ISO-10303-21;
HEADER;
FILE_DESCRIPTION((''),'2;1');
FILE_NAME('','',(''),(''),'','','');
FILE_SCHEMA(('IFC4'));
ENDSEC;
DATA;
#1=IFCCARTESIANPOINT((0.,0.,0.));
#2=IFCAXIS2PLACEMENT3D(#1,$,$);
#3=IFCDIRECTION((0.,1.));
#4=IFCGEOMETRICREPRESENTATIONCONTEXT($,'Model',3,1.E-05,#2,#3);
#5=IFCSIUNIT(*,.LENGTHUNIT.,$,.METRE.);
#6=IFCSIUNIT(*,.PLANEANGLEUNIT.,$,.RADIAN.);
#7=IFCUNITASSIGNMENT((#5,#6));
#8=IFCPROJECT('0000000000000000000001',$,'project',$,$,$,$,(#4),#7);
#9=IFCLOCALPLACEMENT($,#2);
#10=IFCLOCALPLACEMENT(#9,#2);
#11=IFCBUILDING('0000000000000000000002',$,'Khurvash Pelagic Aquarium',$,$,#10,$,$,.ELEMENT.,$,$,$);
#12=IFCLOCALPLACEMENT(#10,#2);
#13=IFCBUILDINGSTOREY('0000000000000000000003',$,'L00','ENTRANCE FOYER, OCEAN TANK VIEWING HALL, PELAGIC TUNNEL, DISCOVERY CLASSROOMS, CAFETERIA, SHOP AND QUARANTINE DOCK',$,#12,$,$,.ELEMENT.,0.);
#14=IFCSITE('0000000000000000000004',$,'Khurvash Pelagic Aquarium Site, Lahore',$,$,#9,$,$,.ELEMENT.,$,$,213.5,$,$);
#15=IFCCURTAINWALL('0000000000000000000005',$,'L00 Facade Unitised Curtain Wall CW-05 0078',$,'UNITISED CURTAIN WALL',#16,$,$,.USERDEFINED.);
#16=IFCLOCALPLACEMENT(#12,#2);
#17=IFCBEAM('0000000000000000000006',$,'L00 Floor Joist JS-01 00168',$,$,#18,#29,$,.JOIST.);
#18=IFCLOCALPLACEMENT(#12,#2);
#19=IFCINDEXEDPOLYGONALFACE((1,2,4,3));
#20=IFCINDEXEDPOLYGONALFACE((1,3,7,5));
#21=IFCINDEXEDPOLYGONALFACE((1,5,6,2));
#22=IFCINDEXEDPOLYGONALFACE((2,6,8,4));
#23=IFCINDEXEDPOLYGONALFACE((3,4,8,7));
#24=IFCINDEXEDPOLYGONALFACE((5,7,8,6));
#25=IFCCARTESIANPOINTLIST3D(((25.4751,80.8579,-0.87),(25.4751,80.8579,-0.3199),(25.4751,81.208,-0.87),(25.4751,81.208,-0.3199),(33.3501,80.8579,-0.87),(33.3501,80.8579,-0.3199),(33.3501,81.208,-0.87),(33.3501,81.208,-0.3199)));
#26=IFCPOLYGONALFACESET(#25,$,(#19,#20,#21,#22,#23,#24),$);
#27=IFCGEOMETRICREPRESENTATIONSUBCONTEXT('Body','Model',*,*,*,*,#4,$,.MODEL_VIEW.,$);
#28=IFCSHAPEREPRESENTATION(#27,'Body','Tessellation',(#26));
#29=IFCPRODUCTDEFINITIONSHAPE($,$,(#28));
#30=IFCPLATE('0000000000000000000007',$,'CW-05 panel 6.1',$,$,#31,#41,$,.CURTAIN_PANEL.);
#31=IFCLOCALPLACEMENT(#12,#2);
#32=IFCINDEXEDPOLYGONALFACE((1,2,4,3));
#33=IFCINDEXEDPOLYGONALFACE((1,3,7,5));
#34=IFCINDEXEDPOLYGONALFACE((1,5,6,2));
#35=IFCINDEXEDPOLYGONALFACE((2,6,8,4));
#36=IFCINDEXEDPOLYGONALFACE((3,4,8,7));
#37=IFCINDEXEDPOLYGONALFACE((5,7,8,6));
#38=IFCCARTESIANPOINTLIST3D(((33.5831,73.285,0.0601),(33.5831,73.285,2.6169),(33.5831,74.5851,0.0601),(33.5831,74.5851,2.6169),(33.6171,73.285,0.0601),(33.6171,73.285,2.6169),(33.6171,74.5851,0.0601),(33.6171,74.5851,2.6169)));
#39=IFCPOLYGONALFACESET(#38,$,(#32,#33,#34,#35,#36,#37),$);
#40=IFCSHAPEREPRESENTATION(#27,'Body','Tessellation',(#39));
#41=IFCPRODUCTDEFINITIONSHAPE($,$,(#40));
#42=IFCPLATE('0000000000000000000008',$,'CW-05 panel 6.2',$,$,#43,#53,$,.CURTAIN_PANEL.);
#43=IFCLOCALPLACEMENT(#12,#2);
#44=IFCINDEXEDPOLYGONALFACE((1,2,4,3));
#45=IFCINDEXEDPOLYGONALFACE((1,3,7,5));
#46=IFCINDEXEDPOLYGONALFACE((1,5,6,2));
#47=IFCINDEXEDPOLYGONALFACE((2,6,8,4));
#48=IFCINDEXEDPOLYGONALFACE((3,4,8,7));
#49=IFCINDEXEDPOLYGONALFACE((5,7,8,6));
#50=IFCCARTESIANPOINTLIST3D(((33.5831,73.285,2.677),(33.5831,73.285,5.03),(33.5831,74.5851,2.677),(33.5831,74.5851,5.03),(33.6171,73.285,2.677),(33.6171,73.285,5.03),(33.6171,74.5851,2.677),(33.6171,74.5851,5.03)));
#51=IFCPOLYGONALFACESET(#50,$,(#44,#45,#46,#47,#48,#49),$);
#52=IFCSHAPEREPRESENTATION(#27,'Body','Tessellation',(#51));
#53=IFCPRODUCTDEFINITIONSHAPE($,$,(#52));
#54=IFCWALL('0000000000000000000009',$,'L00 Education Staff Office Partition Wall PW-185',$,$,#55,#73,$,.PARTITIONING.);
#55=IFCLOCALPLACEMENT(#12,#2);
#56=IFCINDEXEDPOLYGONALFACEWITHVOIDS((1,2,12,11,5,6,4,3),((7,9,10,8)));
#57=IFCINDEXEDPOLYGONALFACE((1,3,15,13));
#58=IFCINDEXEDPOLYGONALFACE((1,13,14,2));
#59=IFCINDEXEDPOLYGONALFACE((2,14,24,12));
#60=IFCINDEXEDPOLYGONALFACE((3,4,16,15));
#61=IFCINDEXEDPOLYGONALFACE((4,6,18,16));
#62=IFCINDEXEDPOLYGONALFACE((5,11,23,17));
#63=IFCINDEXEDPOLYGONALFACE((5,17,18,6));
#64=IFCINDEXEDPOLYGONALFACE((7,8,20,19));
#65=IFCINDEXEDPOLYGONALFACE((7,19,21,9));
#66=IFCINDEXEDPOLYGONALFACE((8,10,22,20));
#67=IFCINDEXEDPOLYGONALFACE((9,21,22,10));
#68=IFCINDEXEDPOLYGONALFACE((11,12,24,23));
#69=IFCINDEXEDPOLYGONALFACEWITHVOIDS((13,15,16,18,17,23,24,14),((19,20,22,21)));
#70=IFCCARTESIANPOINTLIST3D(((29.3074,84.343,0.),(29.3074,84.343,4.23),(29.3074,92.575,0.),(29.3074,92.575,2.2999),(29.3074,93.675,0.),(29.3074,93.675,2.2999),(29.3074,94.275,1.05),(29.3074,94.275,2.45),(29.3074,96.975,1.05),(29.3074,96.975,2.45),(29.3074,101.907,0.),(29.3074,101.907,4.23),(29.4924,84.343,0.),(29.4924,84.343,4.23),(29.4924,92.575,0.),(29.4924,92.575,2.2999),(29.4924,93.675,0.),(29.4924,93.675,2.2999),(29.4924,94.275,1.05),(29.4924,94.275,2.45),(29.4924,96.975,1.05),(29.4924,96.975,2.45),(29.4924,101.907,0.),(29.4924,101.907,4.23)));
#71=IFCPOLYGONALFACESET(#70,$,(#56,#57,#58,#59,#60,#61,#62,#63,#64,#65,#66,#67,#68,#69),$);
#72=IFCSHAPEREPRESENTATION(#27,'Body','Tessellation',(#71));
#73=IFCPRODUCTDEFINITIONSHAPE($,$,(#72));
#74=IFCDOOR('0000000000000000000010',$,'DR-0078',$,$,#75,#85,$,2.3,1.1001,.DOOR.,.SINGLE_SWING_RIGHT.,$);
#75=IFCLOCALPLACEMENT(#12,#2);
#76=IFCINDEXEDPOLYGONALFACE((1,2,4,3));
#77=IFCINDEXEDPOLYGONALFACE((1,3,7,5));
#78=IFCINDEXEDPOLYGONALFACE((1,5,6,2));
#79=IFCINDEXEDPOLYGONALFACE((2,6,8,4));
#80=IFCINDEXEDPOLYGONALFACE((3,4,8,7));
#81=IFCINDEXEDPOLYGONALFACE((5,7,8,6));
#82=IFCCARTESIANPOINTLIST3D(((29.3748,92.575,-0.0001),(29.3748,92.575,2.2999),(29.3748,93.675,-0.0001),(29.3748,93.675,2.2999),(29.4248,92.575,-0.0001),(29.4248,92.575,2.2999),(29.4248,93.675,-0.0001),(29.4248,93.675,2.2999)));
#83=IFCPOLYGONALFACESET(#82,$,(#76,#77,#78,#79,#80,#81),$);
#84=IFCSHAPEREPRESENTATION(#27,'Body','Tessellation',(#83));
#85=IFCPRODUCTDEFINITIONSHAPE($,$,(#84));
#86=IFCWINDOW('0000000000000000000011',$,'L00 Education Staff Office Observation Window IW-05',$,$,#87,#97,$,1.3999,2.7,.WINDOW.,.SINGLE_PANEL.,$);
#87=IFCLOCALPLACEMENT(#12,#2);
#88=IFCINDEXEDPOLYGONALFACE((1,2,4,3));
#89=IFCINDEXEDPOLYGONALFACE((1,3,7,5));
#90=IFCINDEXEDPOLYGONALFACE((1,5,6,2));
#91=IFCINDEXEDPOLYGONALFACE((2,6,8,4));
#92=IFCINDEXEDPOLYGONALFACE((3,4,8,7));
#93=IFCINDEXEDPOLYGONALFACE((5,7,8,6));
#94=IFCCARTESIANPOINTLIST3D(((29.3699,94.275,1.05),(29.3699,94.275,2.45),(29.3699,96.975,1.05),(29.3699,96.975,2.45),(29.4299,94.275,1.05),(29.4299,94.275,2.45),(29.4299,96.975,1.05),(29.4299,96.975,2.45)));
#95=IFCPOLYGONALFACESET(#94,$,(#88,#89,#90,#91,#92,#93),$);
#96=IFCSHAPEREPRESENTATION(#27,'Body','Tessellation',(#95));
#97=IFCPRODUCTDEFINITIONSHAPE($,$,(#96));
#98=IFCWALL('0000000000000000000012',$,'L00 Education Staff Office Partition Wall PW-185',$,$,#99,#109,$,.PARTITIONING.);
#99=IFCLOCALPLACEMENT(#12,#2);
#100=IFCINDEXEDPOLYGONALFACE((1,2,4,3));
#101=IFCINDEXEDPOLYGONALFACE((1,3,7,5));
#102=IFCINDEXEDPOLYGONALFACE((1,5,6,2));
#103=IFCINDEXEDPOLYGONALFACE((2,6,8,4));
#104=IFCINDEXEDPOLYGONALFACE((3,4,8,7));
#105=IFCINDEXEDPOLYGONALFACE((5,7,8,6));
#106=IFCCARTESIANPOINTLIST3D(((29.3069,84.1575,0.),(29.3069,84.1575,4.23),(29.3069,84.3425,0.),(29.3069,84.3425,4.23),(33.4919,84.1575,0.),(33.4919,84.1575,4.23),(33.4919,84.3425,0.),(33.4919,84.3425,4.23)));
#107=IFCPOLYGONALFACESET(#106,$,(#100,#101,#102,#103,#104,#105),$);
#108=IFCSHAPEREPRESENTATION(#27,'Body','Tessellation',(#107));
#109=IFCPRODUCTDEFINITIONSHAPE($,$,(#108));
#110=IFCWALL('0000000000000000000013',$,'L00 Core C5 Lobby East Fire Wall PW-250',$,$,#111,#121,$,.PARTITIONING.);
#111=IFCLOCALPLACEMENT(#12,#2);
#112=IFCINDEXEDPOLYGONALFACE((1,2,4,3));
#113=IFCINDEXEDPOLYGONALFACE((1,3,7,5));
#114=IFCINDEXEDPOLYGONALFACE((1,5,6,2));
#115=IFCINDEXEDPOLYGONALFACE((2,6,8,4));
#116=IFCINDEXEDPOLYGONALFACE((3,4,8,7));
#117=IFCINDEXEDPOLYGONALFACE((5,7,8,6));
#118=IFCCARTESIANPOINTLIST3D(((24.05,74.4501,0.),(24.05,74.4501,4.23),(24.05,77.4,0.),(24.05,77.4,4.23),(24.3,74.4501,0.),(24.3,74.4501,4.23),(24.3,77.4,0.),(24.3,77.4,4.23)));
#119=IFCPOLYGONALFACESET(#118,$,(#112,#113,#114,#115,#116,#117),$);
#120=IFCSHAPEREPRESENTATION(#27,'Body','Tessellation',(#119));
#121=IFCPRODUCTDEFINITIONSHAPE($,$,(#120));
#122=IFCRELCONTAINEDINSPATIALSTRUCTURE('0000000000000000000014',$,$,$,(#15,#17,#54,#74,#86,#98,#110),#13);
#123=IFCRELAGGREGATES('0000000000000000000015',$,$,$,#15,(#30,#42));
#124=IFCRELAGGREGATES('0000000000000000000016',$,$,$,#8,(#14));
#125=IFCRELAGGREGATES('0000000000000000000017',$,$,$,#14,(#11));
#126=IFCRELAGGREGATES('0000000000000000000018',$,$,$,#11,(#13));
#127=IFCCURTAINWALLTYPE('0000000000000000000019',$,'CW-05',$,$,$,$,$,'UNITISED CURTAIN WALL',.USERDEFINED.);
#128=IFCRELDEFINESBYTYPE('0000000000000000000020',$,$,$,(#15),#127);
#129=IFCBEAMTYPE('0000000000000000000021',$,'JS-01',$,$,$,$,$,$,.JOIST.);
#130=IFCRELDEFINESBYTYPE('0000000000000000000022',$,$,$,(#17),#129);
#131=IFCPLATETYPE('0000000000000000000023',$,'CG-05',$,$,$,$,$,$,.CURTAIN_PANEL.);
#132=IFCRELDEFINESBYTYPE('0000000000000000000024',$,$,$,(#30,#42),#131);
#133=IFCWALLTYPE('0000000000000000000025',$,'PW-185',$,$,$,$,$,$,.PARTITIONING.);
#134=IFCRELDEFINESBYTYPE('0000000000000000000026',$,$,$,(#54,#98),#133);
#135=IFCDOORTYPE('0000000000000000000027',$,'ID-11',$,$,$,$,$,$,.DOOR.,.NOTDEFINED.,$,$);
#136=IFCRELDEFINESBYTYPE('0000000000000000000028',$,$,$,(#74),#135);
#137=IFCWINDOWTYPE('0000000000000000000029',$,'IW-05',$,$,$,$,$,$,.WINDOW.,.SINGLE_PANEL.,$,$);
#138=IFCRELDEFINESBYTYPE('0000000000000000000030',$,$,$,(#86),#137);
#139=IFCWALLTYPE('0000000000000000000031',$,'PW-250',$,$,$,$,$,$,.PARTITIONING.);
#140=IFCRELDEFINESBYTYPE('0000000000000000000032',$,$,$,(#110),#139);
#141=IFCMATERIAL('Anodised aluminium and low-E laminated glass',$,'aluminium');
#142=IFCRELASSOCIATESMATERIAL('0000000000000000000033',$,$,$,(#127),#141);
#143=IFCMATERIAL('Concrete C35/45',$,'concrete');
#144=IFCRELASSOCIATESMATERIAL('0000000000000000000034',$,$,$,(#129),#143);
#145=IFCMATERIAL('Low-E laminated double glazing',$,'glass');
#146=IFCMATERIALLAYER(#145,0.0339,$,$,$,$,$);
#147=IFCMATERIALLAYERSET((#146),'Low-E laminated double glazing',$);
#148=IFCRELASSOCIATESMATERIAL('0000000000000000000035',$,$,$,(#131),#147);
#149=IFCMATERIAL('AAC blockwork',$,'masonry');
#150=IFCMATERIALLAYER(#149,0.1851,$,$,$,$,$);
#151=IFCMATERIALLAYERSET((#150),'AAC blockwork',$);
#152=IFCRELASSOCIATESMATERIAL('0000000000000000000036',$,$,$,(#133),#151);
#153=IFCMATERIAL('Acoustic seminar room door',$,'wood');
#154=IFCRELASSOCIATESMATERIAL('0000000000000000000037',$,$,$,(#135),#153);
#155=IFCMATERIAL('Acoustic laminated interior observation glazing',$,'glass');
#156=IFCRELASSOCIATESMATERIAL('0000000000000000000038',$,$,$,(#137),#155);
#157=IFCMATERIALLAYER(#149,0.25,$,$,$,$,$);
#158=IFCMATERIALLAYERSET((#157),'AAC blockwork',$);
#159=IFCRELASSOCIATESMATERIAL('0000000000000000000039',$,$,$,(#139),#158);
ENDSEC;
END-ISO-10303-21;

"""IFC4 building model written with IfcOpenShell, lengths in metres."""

from ifc_helpers import new_model, si_unit, direction, frame, frame_2d, origin, origin_2d, place, context, subcontext, project, spatial, rectangle, extrude, material, layer, layer_set, material_profile, profile_set, type_object, element, fill, aggregate, save


model = new_model("IFC4")

# Units and contexts
model_context = context("Model", 3, precision=1e-05, world=origin(), true_north=direction((0.0, 1.0)))
body_context = subcontext(model_context, "Body", "Model", "MODEL_VIEW")
ifc_project = project(units=[si_unit("LENGTHUNIT", "METRE"), si_unit("PLANEANGLEUNIT", "RADIAN")], contexts=[model_context])

# Site, building, storey
site_placement = place(None, origin())
site = spatial("IfcSite", under=ifc_project, at=site_placement, Name="Khurvash Pelagic Aquarium Site, Lahore", CompositionType="ELEMENT", RefElevation=213.5)
building_placement = place(site_placement, origin())
building = spatial("IfcBuilding", under=site, at=building_placement, Name="Khurvash Pelagic Aquarium", CompositionType="ELEMENT")
storey_placement = place(building_placement, origin())
storey = spatial("IfcBuildingStorey", under=building, at=storey_placement, Name="L00", Description="ENTRANCE FOYER, OCEAN TANK VIEWING HALL, PELAGIC TUNNEL, DISCOVERY CLASSROOMS, CAFETERIA, SHOP AND QUARANTINE DOCK", CompositionType="ELEMENT", Elevation=0.0)

# Curtain wall
ifc_material_1 = material(Name="Anodised aluminium and low-E laminated glass", Category="aluminium")
curtain_wall_type = type_object("IfcCurtainWallType", Name="CW-05", ElementType="UNITISED CURTAIN WALL", PredefinedType="USERDEFINED", material=ifc_material_1)
curtain_wall_placement = place(storey_placement, origin())
curtain_wall = element("IfcCurtainWall", 1, at=curtain_wall_placement, inside=storey, type_object=curtain_wall_type, Name="L00 Facade Unitised Curtain Wall CW-05 0078", ObjectType="UNITISED CURTAIN WALL", PredefinedType="USERDEFINED")

# Beam
ifc_material_2 = material(Name="Concrete C35/45", Category="concrete")
ifc_material_profile_1 = material_profile(ifc_material_2, rectangle(XDim=0.3501, YDim=0.55, at=origin_2d()), Name="RC350X550")
ifc_profile_set_1 = profile_set([ifc_material_profile_1], Name="Concrete C35/45")
beam_type_1 = type_object("IfcBeamType", Name="JS-01", PredefinedType="JOIST", material=ifc_profile_set_1)
for number, where, z_axis, x_axis, name in (
    (2, (25.4751, 81.033, -0.595), (1.0, 0.0, 0.0), (0.0, 1.0, 0.0), "L00 Floor Joist JS-01 00168"),
):
    element("IfcBeam", number, at=place(storey_placement, frame(where, z_axis=z_axis, x_axis=x_axis)), inside=storey, type_object=beam_type_1, Name=name, PredefinedType="JOIST", context=body_context, shape_type="SweptSolid", body=[
        extrude(rectangle(XDim=0.3501, YDim=0.55, at=origin_2d()), origin(), (0.0, 0.0, 1.0), 7.875),
    ])

# Plates
ifc_material_3 = material(Name="Low-E laminated double glazing", Category="glass")
ifc_layer_1 = layer(ifc_material_3, 0.0339)
ifc_layer_set_1 = layer_set([ifc_layer_1], Name="Low-E laminated double glazing")
plate_type = type_object("IfcPlateType", Name="CG-05", PredefinedType="CURTAIN_PANEL", material=ifc_layer_set_1)
plate_1_placement = place(storey_placement, frame((33.6001, 73.9351, 0.0601), z_axis=(0.0, 0.0, 1.0), x_axis=(0.0, 1.0, 0.0)))
plate_1 = element("IfcPlate", 3, at=plate_1_placement, type_object=plate_type, Name="CW-05 panel 6.1", PredefinedType="CURTAIN_PANEL", context=body_context, shape_type="SweptSolid", body=[
    extrude(rectangle(XDim=1.3, YDim=0.0339, at=origin_2d()), origin(), (0.0, 0.0, 1.0), 2.5569),
])
plate_2_placement = place(storey_placement, frame((33.6001, 73.9351, 2.677), z_axis=(0.0, 0.0, 1.0), x_axis=(0.0, 1.0, 0.0)))
plate_2 = element("IfcPlate", 4, at=plate_2_placement, type_object=plate_type, Name="CW-05 panel 6.2", PredefinedType="CURTAIN_PANEL", context=body_context, shape_type="SweptSolid", body=[
    extrude(rectangle(XDim=1.3, YDim=0.0339, at=origin_2d()), origin(), (0.0, 0.0, 1.0), 2.353),
])
aggregate(curtain_wall, [plate_1, plate_2])

# Wall, openings, door, window
ifc_material_4 = material(Name="AAC blockwork", Category="masonry")
ifc_layer_2 = layer(ifc_material_4, 0.1851)
ifc_layer_set_2 = layer_set([ifc_layer_2], Name="AAC blockwork")
wall_type_1 = type_object("IfcWallType", Name="PW-185", PredefinedType="PARTITIONING", material=ifc_layer_set_2)
wall_1_placement = place(storey_placement, frame((29.3999, 84.343, 0.0), z_axis=(0.0, 0.0, 1.0), x_axis=(0.0, 1.0, 0.0)))
wall_1 = element("IfcWall", 5, at=wall_1_placement, inside=storey, type_object=wall_type_1, Name="L00 Education Staff Office Partition Wall PW-185", PredefinedType="PARTITIONING", context=body_context, shape_type="SweptSolid", body=[
    extrude(rectangle(XDim=17.564, YDim=0.1851, at=frame_2d((8.782, 0.0))), origin(), (0.0, 0.0, 1.0), 4.23),
])
opening_1_placement = place(wall_1_placement, frame((8.2319, 0.0, 0.0)))
opening_1 = element("IfcOpeningElement", 6, at=opening_1_placement, cuts=wall_1, PredefinedType="OPENING", context=body_context, shape_type="SweptSolid", body=[
    extrude(rectangle(XDim=1.1001, YDim=2.3, at=frame_2d((0.55, 1.1499))), frame((0.0, 0.1025, 0.0), z_axis=(0.0, -1.0, 0.0), x_axis=(1.0, 0.0, 0.0)), (0.0, 0.0, 1.0), 0.2051),
])
opening_2_placement = place(wall_1_placement, frame((9.9319, 0.0, 1.05)))
opening_2 = element("IfcOpeningElement", 7, at=opening_2_placement, cuts=wall_1, PredefinedType="OPENING", context=body_context, shape_type="SweptSolid", body=[
    extrude(rectangle(XDim=2.7, YDim=1.3999, at=frame_2d((1.3501, 0.7))), frame((0.0, 0.1025, 0.0), z_axis=(0.0, -1.0, 0.0), x_axis=(1.0, 0.0, 0.0)), (0.0, 0.0, 1.0), 0.2051),
])
ifc_material_5 = material(Name="Acoustic seminar room door", Category="wood")
door_type = type_object("IfcDoorType", Name="ID-11", OperationType="NOTDEFINED", PredefinedType="DOOR", material=ifc_material_5)
door_placement = place(opening_1_placement, frame((1.1001, 0.0, 0.0), z_axis=(0.0, 0.0, 1.0), x_axis=(-1.0, 0.0, 0.0)))
door = element("IfcDoor", 8, at=door_placement, inside=storey, type_object=door_type, Name="DR-0078", OperationType="SINGLE_SWING_RIGHT", OverallHeight=2.3, OverallWidth=1.1001, PredefinedType="DOOR", context=body_context, shape_type="SweptSolid", body=[
    extrude(rectangle(XDim=1.1001, YDim=2.3, at=frame_2d((0.55, 1.1499))), frame((0.0, 0.0249, 0.0), z_axis=(0.0, -1.0, 0.0), x_axis=(1.0, 0.0, 0.0)), (0.0, 0.0, 1.0), 0.05),
])
fill(opening_1, door)
ifc_material_6 = material(Name="Acoustic laminated interior observation glazing", Category="glass")
window_type = type_object("IfcWindowType", Name="IW-05", PartitioningType="SINGLE_PANEL", PredefinedType="WINDOW", material=ifc_material_6)
window_placement = place(opening_2_placement, origin())
window = element("IfcWindow", 9, at=window_placement, inside=storey, type_object=window_type, Name="L00 Education Staff Office Observation Window IW-05", OverallHeight=1.3999, OverallWidth=2.7, PartitioningType="SINGLE_PANEL", PredefinedType="WINDOW", context=body_context, shape_type="SweptSolid", body=[
    extrude(rectangle(XDim=2.7, YDim=1.3999, at=frame_2d((1.3501, 0.7))), frame((0.0, 0.03, 0.0), z_axis=(0.0, -1.0, 0.0), x_axis=(1.0, 0.0, 0.0)), (0.0, 0.0, 1.0), 0.0601),
])
fill(opening_2, window)

# Walls
wall_2_placement = place(storey_placement, frame((29.3069, 84.25, 0.0), z_axis=(0.0, 0.0, 1.0), x_axis=(1.0, 0.0, 0.0)))
element("IfcWall", 10, at=wall_2_placement, inside=storey, type_object=wall_type_1, Name="L00 Education Staff Office Partition Wall PW-185", PredefinedType="PARTITIONING", context=body_context, shape_type="SweptSolid", body=[
    extrude(rectangle(XDim=4.1851, YDim=0.1851, at=frame_2d((2.0925, 0.0))), origin(), (0.0, 0.0, 1.0), 4.23),
])
ifc_layer_3 = layer(ifc_material_4, 0.25)
ifc_layer_set_3 = layer_set([ifc_layer_3], Name="AAC blockwork")
wall_type_2 = type_object("IfcWallType", Name="PW-250", PredefinedType="PARTITIONING", material=ifc_layer_set_3)
wall_3_placement = place(storey_placement, frame((24.175, 74.45, 0.0), z_axis=(0.0, 0.0, 1.0), x_axis=(0.0, 1.0, 0.0)))
element("IfcWall", 11, at=wall_3_placement, inside=storey, type_object=wall_type_2, Name="L00 Core C5 Lobby East Fire Wall PW-250", PredefinedType="PARTITIONING", context=body_context, shape_type="SweptSolid", body=[
    extrude(rectangle(XDim=2.95, YDim=0.25, at=frame_2d((1.4751, 0.0))), origin(), (0.0, 0.0, 1.0), 4.23),
])

save(model, "model.ifc")
